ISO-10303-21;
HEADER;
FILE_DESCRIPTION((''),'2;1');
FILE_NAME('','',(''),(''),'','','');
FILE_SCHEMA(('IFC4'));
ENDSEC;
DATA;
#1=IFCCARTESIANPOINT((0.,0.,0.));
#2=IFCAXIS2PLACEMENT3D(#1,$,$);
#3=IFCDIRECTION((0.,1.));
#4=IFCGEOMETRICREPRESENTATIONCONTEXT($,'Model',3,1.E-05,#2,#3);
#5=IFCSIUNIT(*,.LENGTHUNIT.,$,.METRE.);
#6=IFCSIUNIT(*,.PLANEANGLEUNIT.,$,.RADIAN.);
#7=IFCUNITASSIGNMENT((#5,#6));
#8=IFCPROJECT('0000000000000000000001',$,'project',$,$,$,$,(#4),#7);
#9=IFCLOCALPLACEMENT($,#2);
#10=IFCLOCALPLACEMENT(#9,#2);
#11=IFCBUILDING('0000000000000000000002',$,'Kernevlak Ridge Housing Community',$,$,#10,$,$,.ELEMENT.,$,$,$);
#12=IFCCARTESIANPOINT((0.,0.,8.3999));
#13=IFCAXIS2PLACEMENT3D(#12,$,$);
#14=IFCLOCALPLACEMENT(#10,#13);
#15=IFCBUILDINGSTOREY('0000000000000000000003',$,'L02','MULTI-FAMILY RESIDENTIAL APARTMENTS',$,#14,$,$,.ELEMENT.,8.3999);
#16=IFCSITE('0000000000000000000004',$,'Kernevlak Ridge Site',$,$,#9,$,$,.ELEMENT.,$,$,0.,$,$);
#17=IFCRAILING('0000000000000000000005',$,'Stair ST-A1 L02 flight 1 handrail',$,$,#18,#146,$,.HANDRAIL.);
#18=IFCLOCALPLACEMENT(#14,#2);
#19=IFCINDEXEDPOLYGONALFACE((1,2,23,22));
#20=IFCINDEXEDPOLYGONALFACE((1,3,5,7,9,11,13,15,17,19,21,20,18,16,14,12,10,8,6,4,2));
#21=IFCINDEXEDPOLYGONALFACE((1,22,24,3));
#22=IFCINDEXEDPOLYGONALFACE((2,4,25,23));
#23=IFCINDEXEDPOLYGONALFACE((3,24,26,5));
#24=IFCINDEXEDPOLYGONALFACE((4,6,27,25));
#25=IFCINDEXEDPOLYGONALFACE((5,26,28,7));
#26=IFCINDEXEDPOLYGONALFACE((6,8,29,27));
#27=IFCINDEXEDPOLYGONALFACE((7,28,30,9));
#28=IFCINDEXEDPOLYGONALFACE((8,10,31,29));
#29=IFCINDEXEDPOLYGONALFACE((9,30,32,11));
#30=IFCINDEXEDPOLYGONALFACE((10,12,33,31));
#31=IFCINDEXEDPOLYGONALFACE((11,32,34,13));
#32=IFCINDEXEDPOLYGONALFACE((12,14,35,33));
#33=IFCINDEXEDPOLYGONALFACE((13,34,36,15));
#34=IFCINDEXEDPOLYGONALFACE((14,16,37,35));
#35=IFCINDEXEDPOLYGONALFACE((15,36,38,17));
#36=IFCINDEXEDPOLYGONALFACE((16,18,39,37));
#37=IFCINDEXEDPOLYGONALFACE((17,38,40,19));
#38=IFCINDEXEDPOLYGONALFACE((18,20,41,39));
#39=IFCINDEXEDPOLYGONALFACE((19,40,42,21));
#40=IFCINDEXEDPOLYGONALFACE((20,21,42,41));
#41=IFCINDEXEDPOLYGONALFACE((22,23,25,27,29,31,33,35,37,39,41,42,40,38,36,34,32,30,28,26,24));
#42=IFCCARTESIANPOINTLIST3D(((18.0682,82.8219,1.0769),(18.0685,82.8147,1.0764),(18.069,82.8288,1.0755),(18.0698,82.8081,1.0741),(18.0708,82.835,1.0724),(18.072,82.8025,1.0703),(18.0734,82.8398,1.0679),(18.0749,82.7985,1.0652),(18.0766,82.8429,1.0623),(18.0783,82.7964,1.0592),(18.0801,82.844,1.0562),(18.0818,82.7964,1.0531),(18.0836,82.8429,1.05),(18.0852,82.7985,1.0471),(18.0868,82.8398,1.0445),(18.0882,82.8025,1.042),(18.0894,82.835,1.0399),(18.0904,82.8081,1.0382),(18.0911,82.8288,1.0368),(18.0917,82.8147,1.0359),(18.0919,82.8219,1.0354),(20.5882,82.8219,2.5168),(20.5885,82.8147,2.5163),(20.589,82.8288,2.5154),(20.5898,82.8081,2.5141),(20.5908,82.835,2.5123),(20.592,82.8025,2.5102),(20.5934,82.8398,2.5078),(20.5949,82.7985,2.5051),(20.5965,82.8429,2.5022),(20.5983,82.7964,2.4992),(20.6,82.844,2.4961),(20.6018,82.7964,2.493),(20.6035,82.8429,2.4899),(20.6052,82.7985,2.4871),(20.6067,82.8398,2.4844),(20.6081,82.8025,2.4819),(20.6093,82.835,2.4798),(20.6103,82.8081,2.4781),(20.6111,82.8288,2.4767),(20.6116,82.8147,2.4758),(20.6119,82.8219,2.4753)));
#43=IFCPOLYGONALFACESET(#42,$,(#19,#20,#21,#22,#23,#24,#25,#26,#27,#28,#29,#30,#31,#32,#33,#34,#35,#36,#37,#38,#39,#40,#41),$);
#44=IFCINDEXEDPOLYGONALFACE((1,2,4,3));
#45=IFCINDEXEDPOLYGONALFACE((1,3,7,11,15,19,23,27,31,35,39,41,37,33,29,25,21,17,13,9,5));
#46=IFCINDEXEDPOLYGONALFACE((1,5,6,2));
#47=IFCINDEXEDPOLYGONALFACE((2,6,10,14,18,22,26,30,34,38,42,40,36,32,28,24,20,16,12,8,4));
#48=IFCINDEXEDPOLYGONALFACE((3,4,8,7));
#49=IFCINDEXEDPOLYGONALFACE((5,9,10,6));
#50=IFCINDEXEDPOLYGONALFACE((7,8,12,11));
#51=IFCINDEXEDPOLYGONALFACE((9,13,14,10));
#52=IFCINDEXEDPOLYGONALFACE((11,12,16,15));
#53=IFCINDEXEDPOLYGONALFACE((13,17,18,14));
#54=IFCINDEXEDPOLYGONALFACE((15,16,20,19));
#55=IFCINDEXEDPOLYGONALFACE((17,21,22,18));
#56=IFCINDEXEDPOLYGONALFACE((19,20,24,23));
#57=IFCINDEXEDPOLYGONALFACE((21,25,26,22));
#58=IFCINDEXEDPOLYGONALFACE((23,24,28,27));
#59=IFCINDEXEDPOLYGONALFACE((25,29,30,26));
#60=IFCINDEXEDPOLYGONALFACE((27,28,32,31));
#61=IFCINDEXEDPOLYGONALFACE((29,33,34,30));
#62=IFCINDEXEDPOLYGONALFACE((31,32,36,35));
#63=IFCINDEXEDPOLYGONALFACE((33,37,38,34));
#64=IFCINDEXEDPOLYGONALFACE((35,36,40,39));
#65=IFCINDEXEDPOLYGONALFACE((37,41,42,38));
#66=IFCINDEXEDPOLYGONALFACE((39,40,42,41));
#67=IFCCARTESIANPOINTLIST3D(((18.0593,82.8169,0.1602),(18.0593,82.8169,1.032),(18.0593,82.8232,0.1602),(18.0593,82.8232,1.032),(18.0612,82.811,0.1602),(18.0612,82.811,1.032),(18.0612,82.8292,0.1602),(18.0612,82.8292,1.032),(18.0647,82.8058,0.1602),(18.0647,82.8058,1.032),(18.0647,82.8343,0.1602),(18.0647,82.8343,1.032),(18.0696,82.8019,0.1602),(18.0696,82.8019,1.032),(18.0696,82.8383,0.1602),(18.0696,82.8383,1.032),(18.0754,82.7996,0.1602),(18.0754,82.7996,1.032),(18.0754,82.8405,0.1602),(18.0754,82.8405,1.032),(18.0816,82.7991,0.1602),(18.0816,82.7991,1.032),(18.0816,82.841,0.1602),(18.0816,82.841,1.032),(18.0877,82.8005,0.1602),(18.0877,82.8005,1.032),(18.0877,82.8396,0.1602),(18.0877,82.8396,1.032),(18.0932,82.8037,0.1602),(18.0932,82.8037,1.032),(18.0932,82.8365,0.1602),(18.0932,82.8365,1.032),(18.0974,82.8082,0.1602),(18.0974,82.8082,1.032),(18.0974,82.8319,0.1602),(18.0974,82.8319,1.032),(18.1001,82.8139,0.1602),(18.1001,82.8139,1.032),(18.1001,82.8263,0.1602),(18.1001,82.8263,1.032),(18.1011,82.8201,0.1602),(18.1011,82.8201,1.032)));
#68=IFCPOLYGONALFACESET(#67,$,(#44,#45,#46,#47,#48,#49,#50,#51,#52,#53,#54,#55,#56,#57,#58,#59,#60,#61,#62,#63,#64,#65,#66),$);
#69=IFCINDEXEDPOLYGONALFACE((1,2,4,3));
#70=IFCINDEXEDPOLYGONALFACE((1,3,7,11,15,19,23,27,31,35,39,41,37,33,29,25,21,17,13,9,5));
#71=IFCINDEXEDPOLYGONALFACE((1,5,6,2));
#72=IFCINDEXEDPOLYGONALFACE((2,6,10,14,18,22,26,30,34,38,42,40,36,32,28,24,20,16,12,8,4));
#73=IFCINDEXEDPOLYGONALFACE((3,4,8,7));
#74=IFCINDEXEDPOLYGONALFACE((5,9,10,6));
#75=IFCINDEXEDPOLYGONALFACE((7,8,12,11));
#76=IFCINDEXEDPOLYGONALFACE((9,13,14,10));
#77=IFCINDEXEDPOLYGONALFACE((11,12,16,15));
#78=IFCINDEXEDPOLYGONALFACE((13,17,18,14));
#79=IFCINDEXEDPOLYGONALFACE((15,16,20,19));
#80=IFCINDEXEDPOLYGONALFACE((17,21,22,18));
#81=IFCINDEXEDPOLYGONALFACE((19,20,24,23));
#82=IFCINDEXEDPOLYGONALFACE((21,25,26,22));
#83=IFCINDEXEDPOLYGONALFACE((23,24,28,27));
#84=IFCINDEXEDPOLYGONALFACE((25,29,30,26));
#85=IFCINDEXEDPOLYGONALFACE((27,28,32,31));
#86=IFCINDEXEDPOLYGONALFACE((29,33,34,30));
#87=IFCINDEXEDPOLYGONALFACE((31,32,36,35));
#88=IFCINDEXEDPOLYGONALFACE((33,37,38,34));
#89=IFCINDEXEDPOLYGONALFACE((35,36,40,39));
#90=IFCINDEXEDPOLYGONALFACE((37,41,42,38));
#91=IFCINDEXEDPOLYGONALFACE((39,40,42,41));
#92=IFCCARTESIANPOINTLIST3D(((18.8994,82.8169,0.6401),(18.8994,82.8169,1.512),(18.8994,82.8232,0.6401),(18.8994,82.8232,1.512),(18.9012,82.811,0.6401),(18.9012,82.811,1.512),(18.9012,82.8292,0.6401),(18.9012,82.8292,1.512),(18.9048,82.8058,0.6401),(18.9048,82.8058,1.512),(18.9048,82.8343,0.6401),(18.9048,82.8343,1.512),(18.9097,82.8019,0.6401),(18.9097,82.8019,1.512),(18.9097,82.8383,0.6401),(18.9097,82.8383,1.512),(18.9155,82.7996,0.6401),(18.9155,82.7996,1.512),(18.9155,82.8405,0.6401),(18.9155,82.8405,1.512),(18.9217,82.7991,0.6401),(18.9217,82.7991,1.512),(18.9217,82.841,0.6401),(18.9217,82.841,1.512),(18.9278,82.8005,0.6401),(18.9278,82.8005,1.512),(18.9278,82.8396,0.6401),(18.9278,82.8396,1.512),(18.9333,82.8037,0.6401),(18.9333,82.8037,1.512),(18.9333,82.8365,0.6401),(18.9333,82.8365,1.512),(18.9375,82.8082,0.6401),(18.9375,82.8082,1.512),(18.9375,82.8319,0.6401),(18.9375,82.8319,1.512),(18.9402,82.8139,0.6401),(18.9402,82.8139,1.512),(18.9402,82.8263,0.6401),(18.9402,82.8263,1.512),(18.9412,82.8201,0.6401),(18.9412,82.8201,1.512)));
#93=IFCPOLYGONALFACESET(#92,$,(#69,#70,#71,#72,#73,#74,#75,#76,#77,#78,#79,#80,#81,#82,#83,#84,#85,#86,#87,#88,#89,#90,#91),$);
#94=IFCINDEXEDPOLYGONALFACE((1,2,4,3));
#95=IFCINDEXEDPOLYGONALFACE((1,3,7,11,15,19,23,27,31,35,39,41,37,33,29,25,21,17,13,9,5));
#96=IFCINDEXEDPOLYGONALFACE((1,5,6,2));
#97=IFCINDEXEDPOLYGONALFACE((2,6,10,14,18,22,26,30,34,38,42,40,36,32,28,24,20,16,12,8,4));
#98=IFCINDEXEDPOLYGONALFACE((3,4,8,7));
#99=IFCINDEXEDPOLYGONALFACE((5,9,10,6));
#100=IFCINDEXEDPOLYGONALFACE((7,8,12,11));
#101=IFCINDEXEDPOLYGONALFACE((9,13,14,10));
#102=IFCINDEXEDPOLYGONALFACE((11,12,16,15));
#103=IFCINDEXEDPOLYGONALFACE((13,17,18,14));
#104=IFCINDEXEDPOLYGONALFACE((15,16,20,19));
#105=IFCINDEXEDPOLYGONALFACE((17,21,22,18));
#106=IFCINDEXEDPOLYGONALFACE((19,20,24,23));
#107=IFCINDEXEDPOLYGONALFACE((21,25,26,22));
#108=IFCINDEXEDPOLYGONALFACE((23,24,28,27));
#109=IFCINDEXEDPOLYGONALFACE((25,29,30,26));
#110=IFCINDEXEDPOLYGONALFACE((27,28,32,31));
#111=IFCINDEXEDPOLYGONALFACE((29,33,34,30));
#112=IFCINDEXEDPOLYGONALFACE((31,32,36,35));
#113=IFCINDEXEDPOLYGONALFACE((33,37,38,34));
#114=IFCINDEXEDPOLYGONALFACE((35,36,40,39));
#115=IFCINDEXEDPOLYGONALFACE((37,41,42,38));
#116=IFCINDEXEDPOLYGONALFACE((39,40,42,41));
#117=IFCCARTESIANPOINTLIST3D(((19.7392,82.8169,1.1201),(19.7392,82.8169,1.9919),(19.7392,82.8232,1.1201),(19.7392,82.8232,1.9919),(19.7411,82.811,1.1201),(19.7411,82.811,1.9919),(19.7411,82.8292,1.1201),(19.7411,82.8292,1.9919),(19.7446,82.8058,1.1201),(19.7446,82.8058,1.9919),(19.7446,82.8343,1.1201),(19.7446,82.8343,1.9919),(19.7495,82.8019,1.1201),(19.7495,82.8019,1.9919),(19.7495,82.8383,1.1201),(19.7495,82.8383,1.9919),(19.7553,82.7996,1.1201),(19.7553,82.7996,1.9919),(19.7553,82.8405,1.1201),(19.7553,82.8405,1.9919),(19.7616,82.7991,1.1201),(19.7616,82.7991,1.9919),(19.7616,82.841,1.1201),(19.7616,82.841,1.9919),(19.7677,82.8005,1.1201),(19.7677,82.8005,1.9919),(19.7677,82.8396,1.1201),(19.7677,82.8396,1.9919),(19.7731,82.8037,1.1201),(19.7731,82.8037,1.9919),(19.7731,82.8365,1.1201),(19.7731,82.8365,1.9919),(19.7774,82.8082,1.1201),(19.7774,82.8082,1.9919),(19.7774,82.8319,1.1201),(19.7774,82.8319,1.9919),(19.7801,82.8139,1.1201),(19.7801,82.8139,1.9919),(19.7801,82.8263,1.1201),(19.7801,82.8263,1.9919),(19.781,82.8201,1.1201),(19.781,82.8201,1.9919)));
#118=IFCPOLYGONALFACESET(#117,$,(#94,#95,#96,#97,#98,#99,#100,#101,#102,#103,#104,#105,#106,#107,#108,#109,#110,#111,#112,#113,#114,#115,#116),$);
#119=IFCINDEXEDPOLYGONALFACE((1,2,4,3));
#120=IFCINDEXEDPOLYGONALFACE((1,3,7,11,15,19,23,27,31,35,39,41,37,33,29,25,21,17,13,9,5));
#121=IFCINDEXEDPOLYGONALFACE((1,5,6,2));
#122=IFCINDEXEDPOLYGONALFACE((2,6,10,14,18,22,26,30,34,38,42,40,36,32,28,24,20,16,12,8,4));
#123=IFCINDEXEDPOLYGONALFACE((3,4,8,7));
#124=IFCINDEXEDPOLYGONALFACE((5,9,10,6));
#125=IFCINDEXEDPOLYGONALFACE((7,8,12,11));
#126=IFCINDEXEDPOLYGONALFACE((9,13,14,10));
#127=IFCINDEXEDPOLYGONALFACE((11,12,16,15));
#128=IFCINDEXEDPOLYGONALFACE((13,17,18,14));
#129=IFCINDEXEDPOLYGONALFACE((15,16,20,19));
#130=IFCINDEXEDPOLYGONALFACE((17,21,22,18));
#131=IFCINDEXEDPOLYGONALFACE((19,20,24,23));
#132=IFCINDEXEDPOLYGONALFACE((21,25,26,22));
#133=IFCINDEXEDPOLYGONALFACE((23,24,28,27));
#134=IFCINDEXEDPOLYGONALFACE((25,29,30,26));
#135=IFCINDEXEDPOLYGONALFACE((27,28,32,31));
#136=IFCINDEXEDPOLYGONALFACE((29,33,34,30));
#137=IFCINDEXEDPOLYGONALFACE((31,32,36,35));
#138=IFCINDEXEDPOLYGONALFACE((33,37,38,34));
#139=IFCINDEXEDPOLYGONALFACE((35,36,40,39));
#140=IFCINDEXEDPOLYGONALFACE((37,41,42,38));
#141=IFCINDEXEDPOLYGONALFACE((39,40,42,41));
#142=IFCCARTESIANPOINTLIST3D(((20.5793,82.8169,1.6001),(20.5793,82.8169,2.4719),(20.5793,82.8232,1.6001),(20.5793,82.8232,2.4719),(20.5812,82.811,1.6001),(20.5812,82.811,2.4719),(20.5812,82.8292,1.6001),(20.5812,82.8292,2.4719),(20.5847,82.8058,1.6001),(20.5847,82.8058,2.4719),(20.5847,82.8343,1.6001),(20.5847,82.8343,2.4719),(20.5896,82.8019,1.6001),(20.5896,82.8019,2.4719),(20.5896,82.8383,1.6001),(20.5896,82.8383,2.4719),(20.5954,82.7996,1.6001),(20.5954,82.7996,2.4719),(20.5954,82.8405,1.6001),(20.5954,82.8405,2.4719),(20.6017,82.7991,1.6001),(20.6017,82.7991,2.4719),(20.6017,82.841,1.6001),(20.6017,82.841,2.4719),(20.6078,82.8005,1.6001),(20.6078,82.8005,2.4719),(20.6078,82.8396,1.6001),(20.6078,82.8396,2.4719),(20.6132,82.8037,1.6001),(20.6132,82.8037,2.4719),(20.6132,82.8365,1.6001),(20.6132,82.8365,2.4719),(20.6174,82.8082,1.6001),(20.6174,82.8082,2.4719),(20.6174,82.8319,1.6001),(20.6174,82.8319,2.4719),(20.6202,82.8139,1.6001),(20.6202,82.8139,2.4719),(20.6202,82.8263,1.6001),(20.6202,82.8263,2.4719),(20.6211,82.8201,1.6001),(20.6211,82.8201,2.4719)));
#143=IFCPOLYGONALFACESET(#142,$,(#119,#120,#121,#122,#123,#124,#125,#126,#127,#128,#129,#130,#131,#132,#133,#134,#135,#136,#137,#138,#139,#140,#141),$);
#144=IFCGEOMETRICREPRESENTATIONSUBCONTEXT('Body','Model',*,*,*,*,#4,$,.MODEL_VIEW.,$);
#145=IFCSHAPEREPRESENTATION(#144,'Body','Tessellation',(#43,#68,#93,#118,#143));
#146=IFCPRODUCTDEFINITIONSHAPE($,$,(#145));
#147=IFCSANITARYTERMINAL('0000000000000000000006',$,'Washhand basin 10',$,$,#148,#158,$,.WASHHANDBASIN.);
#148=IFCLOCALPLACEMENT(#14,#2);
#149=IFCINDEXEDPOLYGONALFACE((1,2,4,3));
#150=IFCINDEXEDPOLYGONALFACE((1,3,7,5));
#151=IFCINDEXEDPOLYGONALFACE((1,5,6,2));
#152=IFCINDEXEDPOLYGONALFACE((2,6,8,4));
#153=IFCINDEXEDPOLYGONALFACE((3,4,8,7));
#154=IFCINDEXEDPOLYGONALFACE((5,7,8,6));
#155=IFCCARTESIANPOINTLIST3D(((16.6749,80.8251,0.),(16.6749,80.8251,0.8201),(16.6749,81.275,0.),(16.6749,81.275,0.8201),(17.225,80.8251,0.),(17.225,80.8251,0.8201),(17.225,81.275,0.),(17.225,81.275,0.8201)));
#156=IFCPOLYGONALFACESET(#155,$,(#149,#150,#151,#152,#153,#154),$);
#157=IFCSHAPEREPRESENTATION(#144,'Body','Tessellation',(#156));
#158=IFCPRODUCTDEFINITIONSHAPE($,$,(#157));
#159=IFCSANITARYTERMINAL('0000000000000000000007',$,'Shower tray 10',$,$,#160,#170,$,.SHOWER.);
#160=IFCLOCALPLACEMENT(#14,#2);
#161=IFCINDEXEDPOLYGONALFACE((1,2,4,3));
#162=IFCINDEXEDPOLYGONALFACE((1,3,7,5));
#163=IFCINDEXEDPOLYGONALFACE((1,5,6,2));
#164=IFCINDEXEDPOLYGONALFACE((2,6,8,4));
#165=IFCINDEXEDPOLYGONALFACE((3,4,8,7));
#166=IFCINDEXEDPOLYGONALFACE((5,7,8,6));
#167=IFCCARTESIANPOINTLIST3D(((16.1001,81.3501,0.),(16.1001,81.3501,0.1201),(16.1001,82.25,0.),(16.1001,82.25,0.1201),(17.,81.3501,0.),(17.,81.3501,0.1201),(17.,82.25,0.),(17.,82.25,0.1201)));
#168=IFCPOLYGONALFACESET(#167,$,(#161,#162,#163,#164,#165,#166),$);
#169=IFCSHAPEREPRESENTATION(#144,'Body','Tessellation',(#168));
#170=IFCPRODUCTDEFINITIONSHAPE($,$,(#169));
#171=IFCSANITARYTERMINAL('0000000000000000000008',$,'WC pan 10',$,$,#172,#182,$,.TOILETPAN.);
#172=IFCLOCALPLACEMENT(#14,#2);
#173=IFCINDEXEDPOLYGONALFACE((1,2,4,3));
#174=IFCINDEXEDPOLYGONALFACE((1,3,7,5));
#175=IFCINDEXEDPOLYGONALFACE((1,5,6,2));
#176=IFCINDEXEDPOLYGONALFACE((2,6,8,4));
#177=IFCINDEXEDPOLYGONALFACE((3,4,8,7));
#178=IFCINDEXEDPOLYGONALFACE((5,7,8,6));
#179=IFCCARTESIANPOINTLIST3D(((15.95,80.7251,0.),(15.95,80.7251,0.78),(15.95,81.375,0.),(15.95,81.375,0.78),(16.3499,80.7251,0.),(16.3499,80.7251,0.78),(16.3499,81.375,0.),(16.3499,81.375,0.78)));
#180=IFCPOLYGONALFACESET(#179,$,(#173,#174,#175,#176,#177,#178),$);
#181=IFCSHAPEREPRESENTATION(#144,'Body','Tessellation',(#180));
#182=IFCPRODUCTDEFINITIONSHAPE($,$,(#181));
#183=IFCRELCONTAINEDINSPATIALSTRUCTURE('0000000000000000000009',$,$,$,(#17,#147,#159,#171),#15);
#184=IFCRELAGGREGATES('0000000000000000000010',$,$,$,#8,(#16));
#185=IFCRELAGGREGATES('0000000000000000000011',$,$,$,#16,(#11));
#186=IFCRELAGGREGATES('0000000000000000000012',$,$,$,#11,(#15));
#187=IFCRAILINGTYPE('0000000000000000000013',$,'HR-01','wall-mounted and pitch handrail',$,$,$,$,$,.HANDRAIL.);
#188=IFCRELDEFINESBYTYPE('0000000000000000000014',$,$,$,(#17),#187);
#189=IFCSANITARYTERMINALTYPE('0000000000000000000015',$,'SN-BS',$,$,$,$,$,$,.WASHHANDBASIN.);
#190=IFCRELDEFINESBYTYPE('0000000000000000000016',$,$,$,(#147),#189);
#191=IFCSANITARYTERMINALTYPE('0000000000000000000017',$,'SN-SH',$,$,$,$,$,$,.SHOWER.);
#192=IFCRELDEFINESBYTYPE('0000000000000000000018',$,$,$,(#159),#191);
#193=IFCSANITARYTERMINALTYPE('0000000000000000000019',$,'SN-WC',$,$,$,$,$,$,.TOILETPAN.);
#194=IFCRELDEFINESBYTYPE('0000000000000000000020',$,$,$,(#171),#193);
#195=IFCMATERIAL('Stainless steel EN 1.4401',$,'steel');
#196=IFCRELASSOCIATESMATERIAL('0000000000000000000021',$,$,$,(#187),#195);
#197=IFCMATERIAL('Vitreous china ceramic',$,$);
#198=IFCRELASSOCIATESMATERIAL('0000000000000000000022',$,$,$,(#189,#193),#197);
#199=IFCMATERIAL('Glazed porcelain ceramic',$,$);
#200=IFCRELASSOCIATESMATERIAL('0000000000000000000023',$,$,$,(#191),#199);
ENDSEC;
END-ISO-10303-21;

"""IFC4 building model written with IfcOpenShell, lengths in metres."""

from ifc_helpers import new_model, si_unit, direction, frame, origin, origin_2d, place, context, subcontext, project, spatial, rectangle, circle, extrude, material, type_object, element, save


model = new_model("IFC4")

# Units and contexts
model_context = context("Model", 3, precision=1e-05, world=origin(), true_north=direction((0.0, 1.0)))
body_context = subcontext(model_context, "Body", "Model", "MODEL_VIEW")
ifc_project = project(units=[si_unit("LENGTHUNIT", "METRE"), si_unit("PLANEANGLEUNIT", "RADIAN")], contexts=[model_context])

# Site, building, storey
site_placement = place(None, origin())
site = spatial("IfcSite", under=ifc_project, at=site_placement, Name="Kernevlak Ridge Site", CompositionType="ELEMENT", RefElevation=0.0)
building_placement = place(site_placement, origin())
building = spatial("IfcBuilding", under=site, at=building_placement, Name="Kernevlak Ridge Housing Community", CompositionType="ELEMENT")
storey_placement = place(building_placement, frame((0.0, 0.0, 8.3999)))
storey = spatial("IfcBuildingStorey", under=building, at=storey_placement, Name="L02", Description="MULTI-FAMILY RESIDENTIAL APARTMENTS", CompositionType="ELEMENT", Elevation=8.3999)

# Shared definitions
ifc_material_1 = material(Name="Stainless steel EN 1.4401", Category="steel")

# Railing
railing_type_1 = type_object("IfcRailingType", Name="HR-01", Description="wall-mounted and pitch handrail", PredefinedType="HANDRAIL", material=ifc_material_1)
railing_1_placement = place(storey_placement, frame((18.0801, 82.8201, 0.1602)))
element("IfcRailing", 1, at=railing_1_placement, inside=storey, type_object=railing_type_1, Name="Stair ST-A1 L02 flight 1 handrail", PredefinedType="HANDRAIL", context=body_context, shape_type="SweptSolid", body=[
    extrude(circle(Radius=0.0239, at=origin_2d()), frame((0.0, 0.0, 0.896), z_axis=(0.868253, 0.0, 0.496121), x_axis=(0.0, 1.0, 0.0)), (0.0, 0.0, 1.0), 2.9023),
    extrude(circle(Radius=0.021, at=origin_2d()), origin(), (0.0, 0.0, 1.0), 0.8718),
    extrude(circle(Radius=0.021, at=origin_2d()), frame((0.8401, 0.0, 0.48)), (0.0, 0.0, 1.0), 0.8718),
    extrude(circle(Radius=0.021, at=origin_2d()), frame((1.6799, 0.0, 0.96)), (0.0, 0.0, 1.0), 0.8718),
    extrude(circle(Radius=0.021, at=origin_2d()), frame((2.52, 0.0, 1.4399)), (0.0, 0.0, 1.0), 0.8718),
])

# Sanitary terminals
ifc_material_2 = material(Name="Vitreous china ceramic")
sanitary_terminal_type_1 = type_object("IfcSanitaryTerminalType", Name="SN-BS", PredefinedType="WASHHANDBASIN", material=ifc_material_2)
sanitary_terminal_1_placement = place(storey_placement, frame((16.95, 81.05, 0.0), z_axis=(0.0, 0.0, 1.0), x_axis=(1.0, 0.0, 0.0)))
element("IfcSanitaryTerminal", 2, at=sanitary_terminal_1_placement, inside=storey, type_object=sanitary_terminal_type_1, Name="Washhand basin 10", PredefinedType="WASHHANDBASIN", context=body_context, shape_type="SweptSolid", body=[
    extrude(rectangle(XDim=0.55, YDim=0.45, at=origin_2d()), origin(), (0.0, 0.0, 1.0), 0.8201),
])
ifc_material_3 = material(Name="Glazed porcelain ceramic")
sanitary_terminal_type_2 = type_object("IfcSanitaryTerminalType", Name="SN-SH", PredefinedType="SHOWER", material=ifc_material_3)
sanitary_terminal_2_placement = place(storey_placement, frame((16.55, 81.8, 0.0), z_axis=(0.0, 0.0, 1.0), x_axis=(1.0, 0.0, 0.0)))
element("IfcSanitaryTerminal", 3, at=sanitary_terminal_2_placement, inside=storey, type_object=sanitary_terminal_type_2, Name="Shower tray 10", PredefinedType="SHOWER", context=body_context, shape_type="SweptSolid", body=[
    extrude(rectangle(XDim=0.8999, YDim=0.8999, at=origin_2d()), origin(), (0.0, 0.0, 1.0), 0.1201),
])
sanitary_terminal_type_3 = type_object("IfcSanitaryTerminalType", Name="SN-WC", PredefinedType="TOILETPAN", material=ifc_material_2)
sanitary_terminal_3_placement = place(storey_placement, frame((16.1499, 81.05, 0.0), z_axis=(0.0, 0.0, 1.0), x_axis=(1.0, 0.0, 0.0)))
element("IfcSanitaryTerminal", 4, at=sanitary_terminal_3_placement, inside=storey, type_object=sanitary_terminal_type_3, Name="WC pan 10", PredefinedType="TOILETPAN", context=body_context, shape_type="SweptSolid", body=[
    extrude(rectangle(XDim=0.3999, YDim=0.6499, at=origin_2d()), origin(), (0.0, 0.0, 1.0), 0.78),
])

save(model, "model.ifc")
